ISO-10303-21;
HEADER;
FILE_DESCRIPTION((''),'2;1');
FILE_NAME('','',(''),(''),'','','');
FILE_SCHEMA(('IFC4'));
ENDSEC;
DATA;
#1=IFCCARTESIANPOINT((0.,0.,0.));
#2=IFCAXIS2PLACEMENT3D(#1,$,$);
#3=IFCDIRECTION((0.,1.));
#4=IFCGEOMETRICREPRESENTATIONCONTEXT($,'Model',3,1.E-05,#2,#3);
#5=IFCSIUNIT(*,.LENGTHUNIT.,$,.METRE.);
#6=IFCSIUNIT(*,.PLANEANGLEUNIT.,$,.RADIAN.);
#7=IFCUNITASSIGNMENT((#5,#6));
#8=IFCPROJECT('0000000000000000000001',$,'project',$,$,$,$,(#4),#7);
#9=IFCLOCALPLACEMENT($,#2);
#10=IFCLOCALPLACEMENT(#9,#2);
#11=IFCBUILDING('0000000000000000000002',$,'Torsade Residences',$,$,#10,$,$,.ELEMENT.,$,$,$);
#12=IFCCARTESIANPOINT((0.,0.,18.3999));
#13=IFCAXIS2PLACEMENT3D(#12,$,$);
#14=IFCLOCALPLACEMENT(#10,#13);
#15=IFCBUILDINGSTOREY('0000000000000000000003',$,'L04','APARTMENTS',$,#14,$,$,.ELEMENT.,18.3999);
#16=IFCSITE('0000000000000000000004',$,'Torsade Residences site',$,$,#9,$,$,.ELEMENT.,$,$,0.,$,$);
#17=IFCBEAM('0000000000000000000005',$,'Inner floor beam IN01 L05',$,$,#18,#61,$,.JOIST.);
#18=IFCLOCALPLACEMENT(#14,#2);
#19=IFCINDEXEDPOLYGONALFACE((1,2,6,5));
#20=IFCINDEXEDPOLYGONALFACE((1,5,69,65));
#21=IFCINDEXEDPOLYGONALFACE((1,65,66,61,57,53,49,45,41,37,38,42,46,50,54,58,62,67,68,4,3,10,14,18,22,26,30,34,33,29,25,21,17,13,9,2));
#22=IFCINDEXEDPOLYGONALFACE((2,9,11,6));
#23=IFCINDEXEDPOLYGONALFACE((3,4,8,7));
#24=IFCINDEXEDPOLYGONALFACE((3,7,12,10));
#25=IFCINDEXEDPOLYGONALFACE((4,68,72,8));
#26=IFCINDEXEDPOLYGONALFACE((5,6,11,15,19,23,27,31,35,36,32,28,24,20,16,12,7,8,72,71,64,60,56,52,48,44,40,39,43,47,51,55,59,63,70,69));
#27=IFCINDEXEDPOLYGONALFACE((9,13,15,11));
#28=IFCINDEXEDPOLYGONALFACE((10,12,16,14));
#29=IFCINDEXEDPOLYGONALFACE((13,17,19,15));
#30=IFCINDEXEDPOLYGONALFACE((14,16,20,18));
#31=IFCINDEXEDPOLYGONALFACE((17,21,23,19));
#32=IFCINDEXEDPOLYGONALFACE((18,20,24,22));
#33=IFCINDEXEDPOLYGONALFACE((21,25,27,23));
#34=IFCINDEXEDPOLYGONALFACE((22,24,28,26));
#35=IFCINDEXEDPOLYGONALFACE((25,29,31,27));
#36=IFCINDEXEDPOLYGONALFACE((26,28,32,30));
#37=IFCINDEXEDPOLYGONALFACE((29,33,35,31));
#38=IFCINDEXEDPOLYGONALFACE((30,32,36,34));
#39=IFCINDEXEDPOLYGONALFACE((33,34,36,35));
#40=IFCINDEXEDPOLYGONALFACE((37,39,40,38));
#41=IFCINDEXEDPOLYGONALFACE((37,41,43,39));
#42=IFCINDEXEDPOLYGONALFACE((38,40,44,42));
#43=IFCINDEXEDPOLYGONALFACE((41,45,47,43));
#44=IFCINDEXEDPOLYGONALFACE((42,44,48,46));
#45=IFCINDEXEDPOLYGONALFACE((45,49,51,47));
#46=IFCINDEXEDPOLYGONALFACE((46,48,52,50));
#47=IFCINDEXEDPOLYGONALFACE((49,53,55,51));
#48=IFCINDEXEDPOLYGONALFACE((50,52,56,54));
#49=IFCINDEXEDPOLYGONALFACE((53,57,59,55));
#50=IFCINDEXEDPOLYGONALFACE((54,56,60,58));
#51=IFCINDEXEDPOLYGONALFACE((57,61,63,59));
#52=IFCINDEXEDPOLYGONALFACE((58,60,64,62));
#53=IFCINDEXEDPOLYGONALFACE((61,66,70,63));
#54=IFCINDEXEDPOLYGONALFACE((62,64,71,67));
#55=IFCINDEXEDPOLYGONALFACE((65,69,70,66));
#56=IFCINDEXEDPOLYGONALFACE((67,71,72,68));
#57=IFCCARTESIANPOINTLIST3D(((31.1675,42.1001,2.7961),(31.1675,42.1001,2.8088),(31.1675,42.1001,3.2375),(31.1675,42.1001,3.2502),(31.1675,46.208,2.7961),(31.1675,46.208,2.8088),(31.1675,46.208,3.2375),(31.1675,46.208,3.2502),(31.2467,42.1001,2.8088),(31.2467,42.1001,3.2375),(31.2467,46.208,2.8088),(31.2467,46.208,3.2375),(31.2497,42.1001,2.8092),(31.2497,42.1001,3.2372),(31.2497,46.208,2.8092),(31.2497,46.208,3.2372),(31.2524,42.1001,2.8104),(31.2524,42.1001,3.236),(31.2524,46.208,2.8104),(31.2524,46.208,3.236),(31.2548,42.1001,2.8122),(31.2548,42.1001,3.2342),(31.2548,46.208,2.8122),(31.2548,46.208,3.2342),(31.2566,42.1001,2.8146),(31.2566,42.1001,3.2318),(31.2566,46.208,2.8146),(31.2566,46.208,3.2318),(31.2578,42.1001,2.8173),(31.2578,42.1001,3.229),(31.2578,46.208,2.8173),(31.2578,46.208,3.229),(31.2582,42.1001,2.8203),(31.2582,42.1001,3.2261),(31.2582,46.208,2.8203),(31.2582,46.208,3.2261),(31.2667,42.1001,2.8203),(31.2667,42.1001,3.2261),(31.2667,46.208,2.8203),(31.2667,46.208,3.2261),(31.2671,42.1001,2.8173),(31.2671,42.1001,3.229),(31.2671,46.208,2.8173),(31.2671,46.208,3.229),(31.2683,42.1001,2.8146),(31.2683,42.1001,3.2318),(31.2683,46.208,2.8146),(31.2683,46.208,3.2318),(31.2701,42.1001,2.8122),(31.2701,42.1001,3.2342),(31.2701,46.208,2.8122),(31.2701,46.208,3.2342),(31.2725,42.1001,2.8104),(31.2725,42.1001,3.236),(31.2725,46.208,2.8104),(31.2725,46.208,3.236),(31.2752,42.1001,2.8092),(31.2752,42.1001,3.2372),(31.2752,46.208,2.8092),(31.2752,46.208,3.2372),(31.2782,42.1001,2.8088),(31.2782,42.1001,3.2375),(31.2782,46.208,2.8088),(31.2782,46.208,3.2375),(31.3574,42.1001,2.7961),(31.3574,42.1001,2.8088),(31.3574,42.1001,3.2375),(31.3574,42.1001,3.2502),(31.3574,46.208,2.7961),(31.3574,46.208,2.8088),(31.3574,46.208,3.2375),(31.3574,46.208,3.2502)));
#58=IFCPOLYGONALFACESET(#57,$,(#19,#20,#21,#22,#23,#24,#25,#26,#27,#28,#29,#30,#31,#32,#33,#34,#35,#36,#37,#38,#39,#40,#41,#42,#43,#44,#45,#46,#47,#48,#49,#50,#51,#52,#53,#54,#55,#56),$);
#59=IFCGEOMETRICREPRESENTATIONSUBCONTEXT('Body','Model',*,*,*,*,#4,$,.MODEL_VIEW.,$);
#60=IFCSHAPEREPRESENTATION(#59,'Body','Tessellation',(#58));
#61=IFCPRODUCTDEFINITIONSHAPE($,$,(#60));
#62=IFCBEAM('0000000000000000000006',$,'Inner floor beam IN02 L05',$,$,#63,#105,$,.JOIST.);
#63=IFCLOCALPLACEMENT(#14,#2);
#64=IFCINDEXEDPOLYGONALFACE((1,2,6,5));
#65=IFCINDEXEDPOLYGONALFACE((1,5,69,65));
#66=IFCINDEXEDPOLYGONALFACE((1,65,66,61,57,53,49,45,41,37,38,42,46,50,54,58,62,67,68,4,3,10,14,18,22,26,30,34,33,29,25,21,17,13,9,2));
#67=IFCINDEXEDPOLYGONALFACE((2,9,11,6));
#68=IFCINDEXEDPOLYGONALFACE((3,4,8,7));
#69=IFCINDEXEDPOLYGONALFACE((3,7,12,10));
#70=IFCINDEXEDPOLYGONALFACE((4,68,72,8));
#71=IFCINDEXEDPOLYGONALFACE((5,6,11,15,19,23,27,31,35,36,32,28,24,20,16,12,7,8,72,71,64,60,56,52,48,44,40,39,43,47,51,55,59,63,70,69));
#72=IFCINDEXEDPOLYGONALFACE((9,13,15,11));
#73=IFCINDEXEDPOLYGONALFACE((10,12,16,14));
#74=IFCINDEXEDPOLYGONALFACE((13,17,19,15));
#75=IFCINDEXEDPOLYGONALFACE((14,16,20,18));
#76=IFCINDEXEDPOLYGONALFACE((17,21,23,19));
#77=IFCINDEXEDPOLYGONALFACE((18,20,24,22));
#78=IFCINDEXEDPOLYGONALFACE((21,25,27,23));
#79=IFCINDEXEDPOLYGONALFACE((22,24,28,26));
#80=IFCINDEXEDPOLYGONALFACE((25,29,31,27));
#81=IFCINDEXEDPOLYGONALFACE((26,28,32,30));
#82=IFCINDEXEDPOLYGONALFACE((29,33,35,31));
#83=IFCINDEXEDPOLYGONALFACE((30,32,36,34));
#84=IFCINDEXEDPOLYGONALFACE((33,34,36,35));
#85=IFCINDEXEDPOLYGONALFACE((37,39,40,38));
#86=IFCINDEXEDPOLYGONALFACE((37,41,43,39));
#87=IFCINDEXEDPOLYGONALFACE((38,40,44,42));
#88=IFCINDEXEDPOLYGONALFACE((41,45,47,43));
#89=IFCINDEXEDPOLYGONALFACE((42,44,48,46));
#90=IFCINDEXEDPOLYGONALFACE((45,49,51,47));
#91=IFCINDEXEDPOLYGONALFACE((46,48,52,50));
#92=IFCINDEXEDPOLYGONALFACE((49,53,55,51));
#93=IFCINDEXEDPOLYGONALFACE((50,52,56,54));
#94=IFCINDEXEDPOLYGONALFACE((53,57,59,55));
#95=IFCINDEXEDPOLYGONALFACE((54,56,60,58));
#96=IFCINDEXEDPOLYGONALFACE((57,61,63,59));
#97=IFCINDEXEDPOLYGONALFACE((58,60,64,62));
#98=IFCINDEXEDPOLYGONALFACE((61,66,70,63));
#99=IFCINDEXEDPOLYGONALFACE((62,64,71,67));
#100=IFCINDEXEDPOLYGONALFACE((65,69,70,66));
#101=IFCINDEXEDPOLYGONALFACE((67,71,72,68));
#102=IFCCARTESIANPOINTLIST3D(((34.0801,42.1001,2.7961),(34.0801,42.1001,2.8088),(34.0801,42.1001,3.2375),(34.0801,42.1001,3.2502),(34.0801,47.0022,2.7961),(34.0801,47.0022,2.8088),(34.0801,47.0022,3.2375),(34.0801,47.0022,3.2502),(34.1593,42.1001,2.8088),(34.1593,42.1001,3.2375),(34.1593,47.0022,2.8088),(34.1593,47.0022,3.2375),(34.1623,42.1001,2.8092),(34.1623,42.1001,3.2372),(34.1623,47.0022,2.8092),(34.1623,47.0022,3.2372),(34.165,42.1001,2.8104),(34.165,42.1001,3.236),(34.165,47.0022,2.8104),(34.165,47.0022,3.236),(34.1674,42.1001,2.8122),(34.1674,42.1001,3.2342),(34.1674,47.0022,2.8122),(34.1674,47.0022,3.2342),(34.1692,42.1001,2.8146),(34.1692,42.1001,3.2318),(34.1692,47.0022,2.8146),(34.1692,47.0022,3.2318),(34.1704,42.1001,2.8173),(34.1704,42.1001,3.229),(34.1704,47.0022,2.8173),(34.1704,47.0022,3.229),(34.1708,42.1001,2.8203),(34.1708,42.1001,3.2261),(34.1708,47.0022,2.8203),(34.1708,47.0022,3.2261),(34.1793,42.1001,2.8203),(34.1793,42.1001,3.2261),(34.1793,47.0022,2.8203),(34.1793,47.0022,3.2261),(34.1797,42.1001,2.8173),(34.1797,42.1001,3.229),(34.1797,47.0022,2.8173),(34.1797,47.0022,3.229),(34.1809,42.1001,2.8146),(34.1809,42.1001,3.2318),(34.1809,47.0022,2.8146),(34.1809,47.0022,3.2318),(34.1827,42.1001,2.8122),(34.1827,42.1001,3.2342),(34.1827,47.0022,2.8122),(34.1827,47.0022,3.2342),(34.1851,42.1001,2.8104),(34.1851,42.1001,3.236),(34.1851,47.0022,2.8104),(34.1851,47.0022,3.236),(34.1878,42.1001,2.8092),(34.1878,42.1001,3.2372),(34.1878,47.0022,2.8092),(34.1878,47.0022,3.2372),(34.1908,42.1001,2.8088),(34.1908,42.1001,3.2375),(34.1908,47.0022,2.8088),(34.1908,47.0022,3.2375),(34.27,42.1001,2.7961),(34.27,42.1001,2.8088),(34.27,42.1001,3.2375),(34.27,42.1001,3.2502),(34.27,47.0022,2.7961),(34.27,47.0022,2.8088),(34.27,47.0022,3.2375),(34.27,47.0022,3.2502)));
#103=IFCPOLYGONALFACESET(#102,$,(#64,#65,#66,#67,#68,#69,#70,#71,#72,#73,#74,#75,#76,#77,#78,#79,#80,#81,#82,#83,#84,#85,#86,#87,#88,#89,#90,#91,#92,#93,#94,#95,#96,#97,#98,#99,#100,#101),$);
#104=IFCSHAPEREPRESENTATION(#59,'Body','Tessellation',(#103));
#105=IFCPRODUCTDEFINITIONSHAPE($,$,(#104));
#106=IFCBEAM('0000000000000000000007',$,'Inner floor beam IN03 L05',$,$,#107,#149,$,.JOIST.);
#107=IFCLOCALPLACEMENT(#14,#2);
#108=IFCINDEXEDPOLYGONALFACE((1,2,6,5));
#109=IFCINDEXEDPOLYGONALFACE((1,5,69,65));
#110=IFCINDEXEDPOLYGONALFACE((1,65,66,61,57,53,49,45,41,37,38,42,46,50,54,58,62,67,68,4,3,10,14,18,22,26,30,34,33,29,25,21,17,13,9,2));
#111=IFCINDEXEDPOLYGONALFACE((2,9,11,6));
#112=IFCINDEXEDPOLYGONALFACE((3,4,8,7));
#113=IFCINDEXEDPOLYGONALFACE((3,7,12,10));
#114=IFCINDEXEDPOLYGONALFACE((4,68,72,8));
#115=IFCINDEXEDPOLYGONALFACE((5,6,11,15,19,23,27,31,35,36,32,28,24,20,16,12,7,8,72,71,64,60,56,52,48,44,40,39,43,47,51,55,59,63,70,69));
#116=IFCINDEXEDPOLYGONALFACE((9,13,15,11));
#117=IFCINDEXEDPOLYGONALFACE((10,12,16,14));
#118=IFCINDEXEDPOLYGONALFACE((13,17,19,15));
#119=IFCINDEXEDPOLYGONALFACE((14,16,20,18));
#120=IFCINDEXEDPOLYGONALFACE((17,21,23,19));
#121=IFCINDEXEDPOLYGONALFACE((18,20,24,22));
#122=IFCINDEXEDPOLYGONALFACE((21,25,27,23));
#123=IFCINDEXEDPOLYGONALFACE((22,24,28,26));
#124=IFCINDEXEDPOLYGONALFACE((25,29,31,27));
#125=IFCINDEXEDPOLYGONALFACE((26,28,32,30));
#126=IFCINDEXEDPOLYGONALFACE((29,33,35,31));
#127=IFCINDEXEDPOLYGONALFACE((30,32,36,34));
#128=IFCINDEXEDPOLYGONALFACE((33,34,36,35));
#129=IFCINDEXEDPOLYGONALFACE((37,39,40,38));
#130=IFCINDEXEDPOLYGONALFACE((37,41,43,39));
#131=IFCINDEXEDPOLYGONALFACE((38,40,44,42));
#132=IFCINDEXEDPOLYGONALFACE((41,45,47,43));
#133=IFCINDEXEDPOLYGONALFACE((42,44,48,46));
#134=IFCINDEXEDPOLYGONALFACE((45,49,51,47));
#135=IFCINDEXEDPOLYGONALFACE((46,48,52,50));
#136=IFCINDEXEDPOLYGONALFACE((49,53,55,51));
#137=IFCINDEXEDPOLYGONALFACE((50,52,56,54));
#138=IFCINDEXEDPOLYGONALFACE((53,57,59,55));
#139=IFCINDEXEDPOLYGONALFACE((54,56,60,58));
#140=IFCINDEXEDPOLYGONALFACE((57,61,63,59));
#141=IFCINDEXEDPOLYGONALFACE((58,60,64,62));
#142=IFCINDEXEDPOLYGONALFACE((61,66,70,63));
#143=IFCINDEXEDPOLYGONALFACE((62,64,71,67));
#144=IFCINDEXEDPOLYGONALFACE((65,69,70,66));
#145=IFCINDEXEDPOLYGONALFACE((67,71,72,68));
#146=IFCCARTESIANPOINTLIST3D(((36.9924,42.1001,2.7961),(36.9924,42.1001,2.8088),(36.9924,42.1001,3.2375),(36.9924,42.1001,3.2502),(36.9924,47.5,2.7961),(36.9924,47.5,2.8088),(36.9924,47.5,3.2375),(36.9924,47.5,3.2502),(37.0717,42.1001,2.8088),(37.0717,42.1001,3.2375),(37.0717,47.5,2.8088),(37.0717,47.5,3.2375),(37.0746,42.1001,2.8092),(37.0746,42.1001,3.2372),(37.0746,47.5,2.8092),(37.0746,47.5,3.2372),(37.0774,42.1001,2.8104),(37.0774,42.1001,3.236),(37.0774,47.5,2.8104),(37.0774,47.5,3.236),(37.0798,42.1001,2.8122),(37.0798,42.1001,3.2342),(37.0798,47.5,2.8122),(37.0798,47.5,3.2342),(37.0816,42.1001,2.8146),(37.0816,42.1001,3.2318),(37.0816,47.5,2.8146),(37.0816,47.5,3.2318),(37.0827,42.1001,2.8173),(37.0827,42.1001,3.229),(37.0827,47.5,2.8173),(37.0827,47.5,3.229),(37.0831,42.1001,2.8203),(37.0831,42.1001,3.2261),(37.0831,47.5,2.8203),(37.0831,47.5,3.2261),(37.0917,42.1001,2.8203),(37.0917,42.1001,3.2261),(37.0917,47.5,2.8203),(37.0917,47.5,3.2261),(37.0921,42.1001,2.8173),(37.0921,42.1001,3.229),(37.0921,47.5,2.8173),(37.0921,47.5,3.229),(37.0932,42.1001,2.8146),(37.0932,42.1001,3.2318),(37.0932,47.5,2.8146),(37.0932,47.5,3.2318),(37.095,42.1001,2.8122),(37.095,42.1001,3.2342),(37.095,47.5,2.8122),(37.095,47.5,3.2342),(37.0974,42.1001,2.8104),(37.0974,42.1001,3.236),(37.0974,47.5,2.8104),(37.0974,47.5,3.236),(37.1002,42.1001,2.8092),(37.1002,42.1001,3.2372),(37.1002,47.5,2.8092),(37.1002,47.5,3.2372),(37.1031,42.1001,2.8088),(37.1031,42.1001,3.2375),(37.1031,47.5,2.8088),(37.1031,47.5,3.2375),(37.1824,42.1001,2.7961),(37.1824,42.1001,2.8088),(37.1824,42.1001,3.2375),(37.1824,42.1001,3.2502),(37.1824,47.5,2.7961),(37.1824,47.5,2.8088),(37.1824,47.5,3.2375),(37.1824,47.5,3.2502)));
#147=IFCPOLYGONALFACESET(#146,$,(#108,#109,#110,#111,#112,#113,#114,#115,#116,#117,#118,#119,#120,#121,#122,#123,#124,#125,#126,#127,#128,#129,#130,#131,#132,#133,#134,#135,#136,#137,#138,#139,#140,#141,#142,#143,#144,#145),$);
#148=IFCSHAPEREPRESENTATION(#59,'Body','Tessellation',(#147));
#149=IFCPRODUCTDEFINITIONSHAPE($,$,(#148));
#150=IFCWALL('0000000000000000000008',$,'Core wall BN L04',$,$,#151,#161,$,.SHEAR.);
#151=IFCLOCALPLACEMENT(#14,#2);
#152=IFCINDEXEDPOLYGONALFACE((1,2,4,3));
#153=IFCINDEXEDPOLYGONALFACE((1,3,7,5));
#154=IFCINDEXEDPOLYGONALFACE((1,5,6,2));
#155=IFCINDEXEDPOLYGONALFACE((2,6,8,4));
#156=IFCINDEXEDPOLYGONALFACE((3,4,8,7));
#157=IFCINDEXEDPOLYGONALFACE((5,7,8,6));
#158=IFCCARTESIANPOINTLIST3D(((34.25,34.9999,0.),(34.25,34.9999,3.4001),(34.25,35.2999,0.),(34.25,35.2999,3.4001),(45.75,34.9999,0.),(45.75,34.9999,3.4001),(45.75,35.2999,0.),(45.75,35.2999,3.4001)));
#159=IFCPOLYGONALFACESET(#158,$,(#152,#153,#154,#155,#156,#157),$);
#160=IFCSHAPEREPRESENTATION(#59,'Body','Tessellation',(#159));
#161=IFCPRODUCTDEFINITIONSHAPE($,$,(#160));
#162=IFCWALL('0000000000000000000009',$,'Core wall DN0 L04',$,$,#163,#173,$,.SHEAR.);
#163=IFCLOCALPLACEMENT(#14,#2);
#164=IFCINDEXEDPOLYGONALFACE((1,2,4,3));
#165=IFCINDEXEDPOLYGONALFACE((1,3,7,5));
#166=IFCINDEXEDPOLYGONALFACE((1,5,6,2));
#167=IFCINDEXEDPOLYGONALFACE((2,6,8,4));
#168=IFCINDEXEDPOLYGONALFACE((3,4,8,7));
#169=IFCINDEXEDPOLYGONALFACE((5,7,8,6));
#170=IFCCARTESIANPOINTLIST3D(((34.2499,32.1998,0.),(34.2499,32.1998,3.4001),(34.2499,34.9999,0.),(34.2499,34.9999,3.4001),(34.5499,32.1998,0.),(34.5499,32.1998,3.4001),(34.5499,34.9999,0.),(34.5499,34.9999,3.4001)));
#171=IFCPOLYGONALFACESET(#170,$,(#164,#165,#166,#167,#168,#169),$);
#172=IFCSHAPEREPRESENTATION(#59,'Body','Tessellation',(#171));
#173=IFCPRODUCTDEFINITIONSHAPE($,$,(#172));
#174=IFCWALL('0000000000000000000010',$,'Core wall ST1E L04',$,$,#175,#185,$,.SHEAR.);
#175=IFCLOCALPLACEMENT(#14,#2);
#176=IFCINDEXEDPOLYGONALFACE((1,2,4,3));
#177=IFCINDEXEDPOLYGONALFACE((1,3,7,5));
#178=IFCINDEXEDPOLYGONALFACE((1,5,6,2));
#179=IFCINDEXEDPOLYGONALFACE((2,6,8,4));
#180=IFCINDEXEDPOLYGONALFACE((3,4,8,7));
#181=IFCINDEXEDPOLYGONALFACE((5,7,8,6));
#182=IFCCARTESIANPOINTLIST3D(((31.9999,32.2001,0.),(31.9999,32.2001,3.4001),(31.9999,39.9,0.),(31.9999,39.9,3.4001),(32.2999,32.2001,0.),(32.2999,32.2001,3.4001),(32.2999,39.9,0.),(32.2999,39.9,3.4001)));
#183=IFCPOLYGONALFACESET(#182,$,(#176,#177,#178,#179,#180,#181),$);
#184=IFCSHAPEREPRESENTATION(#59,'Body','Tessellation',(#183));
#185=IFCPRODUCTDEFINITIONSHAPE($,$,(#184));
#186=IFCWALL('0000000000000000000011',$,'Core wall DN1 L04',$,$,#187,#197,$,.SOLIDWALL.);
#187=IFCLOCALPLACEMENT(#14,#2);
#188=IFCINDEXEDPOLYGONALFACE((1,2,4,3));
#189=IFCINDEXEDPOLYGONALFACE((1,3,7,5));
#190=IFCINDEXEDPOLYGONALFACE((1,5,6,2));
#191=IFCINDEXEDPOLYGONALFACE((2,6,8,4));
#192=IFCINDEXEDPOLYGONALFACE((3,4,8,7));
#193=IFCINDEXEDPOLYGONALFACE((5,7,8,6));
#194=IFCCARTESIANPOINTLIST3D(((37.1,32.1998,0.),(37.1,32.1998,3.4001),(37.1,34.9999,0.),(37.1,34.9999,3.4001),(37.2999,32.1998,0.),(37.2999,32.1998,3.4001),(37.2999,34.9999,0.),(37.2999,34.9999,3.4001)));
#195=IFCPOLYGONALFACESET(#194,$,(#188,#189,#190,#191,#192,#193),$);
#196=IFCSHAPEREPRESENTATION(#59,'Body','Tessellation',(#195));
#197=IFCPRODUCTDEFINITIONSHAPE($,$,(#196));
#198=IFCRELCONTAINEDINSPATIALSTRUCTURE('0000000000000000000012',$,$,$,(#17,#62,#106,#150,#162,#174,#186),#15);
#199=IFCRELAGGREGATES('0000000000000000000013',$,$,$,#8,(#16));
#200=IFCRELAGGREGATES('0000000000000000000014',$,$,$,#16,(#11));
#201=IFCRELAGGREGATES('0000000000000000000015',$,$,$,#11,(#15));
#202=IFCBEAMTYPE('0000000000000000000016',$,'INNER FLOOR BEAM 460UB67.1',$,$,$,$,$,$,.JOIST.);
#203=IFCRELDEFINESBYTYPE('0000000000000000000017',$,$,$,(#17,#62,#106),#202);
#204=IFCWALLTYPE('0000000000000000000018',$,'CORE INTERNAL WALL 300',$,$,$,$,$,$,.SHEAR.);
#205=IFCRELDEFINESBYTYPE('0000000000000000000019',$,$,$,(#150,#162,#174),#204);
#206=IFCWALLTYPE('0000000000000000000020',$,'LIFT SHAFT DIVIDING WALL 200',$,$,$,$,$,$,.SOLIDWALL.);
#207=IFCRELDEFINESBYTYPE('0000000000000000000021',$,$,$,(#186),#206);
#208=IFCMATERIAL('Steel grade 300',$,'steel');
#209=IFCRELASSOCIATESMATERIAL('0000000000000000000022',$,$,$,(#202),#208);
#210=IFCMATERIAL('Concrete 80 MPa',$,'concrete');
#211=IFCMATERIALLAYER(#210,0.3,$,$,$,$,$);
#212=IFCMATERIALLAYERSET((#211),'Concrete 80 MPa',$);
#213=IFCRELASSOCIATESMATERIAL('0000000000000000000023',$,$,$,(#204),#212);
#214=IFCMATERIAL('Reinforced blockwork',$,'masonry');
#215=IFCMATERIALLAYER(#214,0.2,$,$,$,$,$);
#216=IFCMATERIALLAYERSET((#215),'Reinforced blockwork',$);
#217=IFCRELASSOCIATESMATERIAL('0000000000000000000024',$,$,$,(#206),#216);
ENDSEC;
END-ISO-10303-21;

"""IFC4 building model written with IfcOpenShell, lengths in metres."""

from ifc_helpers import new_model, si_unit, direction, frame, frame_2d, origin, origin_2d, place, context, subcontext, project, spatial, rectangle, i_section, extrude, material, layer, layer_set, material_profile, profile_set, type_object, element, save


model = new_model("IFC4")

# Units and contexts
model_context = context("Model", 3, precision=1e-05, world=origin(), true_north=direction((0.0, 1.0)))
body_context = subcontext(model_context, "Body", "Model", "MODEL_VIEW")
ifc_project = project(units=[si_unit("LENGTHUNIT", "METRE"), si_unit("PLANEANGLEUNIT", "RADIAN")], contexts=[model_context])

# Site, building, storey
site_placement = place(None, origin())
site = spatial("IfcSite", under=ifc_project, at=site_placement, Name="Torsade Residences site", CompositionType="ELEMENT", RefElevation=0.0)
building_placement = place(site_placement, origin())
building = spatial("IfcBuilding", under=site, at=building_placement, Name="Torsade Residences", CompositionType="ELEMENT")
storey_placement = place(building_placement, frame((0.0, 0.0, 18.3999)))
storey = spatial("IfcBuildingStorey", under=building, at=storey_placement, Name="L04", Description="APARTMENTS", CompositionType="ELEMENT", Elevation=18.3999)

# Beams
ifc_material_1 = material(Name="Steel grade 300", Category="steel")
ifc_material_profile = material_profile(ifc_material_1, i_section(OverallWidth=0.1899, OverallDepth=0.4541, WebThickness=0.0085, FlangeThickness=0.0127, FilletRadius=0.0115, at=origin_2d()), Name="460UB67.1")
ifc_profile_set = profile_set([ifc_material_profile], Name="Steel grade 300")
beam_type = type_object("IfcBeamType", Name="INNER FLOOR BEAM 460UB67.1", PredefinedType="JOIST", material=ifc_profile_set)
beam_1_placement = place(storey_placement, frame((31.2625, 42.1001, 3.0232), z_axis=(0.0, 1.0, 0.0), x_axis=(-1.0, 0.0, 0.0)))
element("IfcBeam", 1, at=beam_1_placement, inside=storey, type_object=beam_type, Name="Inner floor beam IN01 L05", PredefinedType="JOIST", context=body_context, shape_type="SweptSolid", body=[
    extrude(i_section(OverallWidth=0.1899, OverallDepth=0.4541, WebThickness=0.0085, FlangeThickness=0.0127, FilletRadius=0.0115, at=origin_2d()), origin(), (0.0, 0.0, 1.0), 4.1079),
])
beam_2_placement = place(storey_placement, frame((34.175, 42.1001, 3.0232), z_axis=(0.0, 1.0, 0.0), x_axis=(-1.0, 0.0, 0.0)))
element("IfcBeam", 2, at=beam_2_placement, inside=storey, type_object=beam_type, Name="Inner floor beam IN02 L05", PredefinedType="JOIST", context=body_context, shape_type="SweptSolid", body=[
    extrude(i_section(OverallWidth=0.1899, OverallDepth=0.4541, WebThickness=0.0085, FlangeThickness=0.0127, FilletRadius=0.0115, at=origin_2d()), origin(), (0.0, 0.0, 1.0), 4.9021),
])
beam_3_placement = place(storey_placement, frame((37.0874, 42.1001, 3.0232), z_axis=(0.0, 1.0, 0.0), x_axis=(-1.0, 0.0, 0.0)))
element("IfcBeam", 3, at=beam_3_placement, inside=storey, type_object=beam_type, Name="Inner floor beam IN03 L05", PredefinedType="JOIST", context=body_context, shape_type="SweptSolid", body=[
    extrude(i_section(OverallWidth=0.1899, OverallDepth=0.4541, WebThickness=0.0085, FlangeThickness=0.0127, FilletRadius=0.0115, at=origin_2d()), origin(), (0.0, 0.0, 1.0), 5.3999),
])

# Walls
ifc_material_2 = material(Name="Concrete 80 MPa", Category="concrete")
ifc_layer_1 = layer(ifc_material_2, 0.3)
ifc_layer_set_1 = layer_set([ifc_layer_1], Name="Concrete 80 MPa")
wall_type_1 = type_object("IfcWallType", Name="CORE INTERNAL WALL 300", PredefinedType="SHEAR", material=ifc_layer_set_1)
wall_1_placement = place(storey_placement, frame((34.25, 35.1499, 0.0), z_axis=(0.0, 0.0, 1.0), x_axis=(1.0, 0.0, 0.0)))
element("IfcWall", 4, at=wall_1_placement, inside=storey, type_object=wall_type_1, Name="Core wall BN L04", PredefinedType="SHEAR", context=body_context, shape_type="SweptSolid", body=[
    extrude(rectangle(XDim=11.5, YDim=0.3, at=frame_2d((5.75, 0.0))), origin(), (0.0, 0.0, 1.0), 3.4001),
])
wall_2_placement = place(storey_placement, frame((34.3999, 32.2, 0.0), z_axis=(0.0, 0.0, 1.0), x_axis=(0.0, 1.0, 0.0)))
element("IfcWall", 5, at=wall_2_placement, inside=storey, type_object=wall_type_1, Name="Core wall DN0 L04", PredefinedType="SHEAR", context=body_context, shape_type="SweptSolid", body=[
    extrude(rectangle(XDim=2.8, YDim=0.3, at=frame_2d((1.3999, 0.0))), origin(), (0.0, 0.0, 1.0), 3.4001),
])
wall_3_placement = place(storey_placement, frame((32.1499, 32.2, 0.0), z_axis=(0.0, 0.0, 1.0), x_axis=(0.0, 1.0, 0.0)))
element("IfcWall", 6, at=wall_3_placement, inside=storey, type_object=wall_type_1, Name="Core wall ST1E L04", PredefinedType="SHEAR", context=body_context, shape_type="SweptSolid", body=[
    extrude(rectangle(XDim=7.7, YDim=0.3, at=frame_2d((3.8501, 0.0))), origin(), (0.0, 0.0, 1.0), 3.4001),
])
ifc_material_3 = material(Name="Reinforced blockwork", Category="masonry")
ifc_layer_2 = layer(ifc_material_3, 0.2)
ifc_layer_set_2 = layer_set([ifc_layer_2], Name="Reinforced blockwork")
wall_type_2 = type_object("IfcWallType", Name="LIFT SHAFT DIVIDING WALL 200", PredefinedType="SOLIDWALL", material=ifc_layer_set_2)
wall_4_placement = place(storey_placement, frame((37.2, 32.2, 0.0), z_axis=(0.0, 0.0, 1.0), x_axis=(0.0, 1.0, 0.0)))
element("IfcWall", 7, at=wall_4_placement, inside=storey, type_object=wall_type_2, Name="Core wall DN1 L04", PredefinedType="SOLIDWALL", context=body_context, shape_type="SweptSolid", body=[
    extrude(rectangle(XDim=2.8, YDim=0.2, at=frame_2d((1.3999, 0.0))), origin(), (0.0, 0.0, 1.0), 3.4001),
])

save(model, "model.ifc")
